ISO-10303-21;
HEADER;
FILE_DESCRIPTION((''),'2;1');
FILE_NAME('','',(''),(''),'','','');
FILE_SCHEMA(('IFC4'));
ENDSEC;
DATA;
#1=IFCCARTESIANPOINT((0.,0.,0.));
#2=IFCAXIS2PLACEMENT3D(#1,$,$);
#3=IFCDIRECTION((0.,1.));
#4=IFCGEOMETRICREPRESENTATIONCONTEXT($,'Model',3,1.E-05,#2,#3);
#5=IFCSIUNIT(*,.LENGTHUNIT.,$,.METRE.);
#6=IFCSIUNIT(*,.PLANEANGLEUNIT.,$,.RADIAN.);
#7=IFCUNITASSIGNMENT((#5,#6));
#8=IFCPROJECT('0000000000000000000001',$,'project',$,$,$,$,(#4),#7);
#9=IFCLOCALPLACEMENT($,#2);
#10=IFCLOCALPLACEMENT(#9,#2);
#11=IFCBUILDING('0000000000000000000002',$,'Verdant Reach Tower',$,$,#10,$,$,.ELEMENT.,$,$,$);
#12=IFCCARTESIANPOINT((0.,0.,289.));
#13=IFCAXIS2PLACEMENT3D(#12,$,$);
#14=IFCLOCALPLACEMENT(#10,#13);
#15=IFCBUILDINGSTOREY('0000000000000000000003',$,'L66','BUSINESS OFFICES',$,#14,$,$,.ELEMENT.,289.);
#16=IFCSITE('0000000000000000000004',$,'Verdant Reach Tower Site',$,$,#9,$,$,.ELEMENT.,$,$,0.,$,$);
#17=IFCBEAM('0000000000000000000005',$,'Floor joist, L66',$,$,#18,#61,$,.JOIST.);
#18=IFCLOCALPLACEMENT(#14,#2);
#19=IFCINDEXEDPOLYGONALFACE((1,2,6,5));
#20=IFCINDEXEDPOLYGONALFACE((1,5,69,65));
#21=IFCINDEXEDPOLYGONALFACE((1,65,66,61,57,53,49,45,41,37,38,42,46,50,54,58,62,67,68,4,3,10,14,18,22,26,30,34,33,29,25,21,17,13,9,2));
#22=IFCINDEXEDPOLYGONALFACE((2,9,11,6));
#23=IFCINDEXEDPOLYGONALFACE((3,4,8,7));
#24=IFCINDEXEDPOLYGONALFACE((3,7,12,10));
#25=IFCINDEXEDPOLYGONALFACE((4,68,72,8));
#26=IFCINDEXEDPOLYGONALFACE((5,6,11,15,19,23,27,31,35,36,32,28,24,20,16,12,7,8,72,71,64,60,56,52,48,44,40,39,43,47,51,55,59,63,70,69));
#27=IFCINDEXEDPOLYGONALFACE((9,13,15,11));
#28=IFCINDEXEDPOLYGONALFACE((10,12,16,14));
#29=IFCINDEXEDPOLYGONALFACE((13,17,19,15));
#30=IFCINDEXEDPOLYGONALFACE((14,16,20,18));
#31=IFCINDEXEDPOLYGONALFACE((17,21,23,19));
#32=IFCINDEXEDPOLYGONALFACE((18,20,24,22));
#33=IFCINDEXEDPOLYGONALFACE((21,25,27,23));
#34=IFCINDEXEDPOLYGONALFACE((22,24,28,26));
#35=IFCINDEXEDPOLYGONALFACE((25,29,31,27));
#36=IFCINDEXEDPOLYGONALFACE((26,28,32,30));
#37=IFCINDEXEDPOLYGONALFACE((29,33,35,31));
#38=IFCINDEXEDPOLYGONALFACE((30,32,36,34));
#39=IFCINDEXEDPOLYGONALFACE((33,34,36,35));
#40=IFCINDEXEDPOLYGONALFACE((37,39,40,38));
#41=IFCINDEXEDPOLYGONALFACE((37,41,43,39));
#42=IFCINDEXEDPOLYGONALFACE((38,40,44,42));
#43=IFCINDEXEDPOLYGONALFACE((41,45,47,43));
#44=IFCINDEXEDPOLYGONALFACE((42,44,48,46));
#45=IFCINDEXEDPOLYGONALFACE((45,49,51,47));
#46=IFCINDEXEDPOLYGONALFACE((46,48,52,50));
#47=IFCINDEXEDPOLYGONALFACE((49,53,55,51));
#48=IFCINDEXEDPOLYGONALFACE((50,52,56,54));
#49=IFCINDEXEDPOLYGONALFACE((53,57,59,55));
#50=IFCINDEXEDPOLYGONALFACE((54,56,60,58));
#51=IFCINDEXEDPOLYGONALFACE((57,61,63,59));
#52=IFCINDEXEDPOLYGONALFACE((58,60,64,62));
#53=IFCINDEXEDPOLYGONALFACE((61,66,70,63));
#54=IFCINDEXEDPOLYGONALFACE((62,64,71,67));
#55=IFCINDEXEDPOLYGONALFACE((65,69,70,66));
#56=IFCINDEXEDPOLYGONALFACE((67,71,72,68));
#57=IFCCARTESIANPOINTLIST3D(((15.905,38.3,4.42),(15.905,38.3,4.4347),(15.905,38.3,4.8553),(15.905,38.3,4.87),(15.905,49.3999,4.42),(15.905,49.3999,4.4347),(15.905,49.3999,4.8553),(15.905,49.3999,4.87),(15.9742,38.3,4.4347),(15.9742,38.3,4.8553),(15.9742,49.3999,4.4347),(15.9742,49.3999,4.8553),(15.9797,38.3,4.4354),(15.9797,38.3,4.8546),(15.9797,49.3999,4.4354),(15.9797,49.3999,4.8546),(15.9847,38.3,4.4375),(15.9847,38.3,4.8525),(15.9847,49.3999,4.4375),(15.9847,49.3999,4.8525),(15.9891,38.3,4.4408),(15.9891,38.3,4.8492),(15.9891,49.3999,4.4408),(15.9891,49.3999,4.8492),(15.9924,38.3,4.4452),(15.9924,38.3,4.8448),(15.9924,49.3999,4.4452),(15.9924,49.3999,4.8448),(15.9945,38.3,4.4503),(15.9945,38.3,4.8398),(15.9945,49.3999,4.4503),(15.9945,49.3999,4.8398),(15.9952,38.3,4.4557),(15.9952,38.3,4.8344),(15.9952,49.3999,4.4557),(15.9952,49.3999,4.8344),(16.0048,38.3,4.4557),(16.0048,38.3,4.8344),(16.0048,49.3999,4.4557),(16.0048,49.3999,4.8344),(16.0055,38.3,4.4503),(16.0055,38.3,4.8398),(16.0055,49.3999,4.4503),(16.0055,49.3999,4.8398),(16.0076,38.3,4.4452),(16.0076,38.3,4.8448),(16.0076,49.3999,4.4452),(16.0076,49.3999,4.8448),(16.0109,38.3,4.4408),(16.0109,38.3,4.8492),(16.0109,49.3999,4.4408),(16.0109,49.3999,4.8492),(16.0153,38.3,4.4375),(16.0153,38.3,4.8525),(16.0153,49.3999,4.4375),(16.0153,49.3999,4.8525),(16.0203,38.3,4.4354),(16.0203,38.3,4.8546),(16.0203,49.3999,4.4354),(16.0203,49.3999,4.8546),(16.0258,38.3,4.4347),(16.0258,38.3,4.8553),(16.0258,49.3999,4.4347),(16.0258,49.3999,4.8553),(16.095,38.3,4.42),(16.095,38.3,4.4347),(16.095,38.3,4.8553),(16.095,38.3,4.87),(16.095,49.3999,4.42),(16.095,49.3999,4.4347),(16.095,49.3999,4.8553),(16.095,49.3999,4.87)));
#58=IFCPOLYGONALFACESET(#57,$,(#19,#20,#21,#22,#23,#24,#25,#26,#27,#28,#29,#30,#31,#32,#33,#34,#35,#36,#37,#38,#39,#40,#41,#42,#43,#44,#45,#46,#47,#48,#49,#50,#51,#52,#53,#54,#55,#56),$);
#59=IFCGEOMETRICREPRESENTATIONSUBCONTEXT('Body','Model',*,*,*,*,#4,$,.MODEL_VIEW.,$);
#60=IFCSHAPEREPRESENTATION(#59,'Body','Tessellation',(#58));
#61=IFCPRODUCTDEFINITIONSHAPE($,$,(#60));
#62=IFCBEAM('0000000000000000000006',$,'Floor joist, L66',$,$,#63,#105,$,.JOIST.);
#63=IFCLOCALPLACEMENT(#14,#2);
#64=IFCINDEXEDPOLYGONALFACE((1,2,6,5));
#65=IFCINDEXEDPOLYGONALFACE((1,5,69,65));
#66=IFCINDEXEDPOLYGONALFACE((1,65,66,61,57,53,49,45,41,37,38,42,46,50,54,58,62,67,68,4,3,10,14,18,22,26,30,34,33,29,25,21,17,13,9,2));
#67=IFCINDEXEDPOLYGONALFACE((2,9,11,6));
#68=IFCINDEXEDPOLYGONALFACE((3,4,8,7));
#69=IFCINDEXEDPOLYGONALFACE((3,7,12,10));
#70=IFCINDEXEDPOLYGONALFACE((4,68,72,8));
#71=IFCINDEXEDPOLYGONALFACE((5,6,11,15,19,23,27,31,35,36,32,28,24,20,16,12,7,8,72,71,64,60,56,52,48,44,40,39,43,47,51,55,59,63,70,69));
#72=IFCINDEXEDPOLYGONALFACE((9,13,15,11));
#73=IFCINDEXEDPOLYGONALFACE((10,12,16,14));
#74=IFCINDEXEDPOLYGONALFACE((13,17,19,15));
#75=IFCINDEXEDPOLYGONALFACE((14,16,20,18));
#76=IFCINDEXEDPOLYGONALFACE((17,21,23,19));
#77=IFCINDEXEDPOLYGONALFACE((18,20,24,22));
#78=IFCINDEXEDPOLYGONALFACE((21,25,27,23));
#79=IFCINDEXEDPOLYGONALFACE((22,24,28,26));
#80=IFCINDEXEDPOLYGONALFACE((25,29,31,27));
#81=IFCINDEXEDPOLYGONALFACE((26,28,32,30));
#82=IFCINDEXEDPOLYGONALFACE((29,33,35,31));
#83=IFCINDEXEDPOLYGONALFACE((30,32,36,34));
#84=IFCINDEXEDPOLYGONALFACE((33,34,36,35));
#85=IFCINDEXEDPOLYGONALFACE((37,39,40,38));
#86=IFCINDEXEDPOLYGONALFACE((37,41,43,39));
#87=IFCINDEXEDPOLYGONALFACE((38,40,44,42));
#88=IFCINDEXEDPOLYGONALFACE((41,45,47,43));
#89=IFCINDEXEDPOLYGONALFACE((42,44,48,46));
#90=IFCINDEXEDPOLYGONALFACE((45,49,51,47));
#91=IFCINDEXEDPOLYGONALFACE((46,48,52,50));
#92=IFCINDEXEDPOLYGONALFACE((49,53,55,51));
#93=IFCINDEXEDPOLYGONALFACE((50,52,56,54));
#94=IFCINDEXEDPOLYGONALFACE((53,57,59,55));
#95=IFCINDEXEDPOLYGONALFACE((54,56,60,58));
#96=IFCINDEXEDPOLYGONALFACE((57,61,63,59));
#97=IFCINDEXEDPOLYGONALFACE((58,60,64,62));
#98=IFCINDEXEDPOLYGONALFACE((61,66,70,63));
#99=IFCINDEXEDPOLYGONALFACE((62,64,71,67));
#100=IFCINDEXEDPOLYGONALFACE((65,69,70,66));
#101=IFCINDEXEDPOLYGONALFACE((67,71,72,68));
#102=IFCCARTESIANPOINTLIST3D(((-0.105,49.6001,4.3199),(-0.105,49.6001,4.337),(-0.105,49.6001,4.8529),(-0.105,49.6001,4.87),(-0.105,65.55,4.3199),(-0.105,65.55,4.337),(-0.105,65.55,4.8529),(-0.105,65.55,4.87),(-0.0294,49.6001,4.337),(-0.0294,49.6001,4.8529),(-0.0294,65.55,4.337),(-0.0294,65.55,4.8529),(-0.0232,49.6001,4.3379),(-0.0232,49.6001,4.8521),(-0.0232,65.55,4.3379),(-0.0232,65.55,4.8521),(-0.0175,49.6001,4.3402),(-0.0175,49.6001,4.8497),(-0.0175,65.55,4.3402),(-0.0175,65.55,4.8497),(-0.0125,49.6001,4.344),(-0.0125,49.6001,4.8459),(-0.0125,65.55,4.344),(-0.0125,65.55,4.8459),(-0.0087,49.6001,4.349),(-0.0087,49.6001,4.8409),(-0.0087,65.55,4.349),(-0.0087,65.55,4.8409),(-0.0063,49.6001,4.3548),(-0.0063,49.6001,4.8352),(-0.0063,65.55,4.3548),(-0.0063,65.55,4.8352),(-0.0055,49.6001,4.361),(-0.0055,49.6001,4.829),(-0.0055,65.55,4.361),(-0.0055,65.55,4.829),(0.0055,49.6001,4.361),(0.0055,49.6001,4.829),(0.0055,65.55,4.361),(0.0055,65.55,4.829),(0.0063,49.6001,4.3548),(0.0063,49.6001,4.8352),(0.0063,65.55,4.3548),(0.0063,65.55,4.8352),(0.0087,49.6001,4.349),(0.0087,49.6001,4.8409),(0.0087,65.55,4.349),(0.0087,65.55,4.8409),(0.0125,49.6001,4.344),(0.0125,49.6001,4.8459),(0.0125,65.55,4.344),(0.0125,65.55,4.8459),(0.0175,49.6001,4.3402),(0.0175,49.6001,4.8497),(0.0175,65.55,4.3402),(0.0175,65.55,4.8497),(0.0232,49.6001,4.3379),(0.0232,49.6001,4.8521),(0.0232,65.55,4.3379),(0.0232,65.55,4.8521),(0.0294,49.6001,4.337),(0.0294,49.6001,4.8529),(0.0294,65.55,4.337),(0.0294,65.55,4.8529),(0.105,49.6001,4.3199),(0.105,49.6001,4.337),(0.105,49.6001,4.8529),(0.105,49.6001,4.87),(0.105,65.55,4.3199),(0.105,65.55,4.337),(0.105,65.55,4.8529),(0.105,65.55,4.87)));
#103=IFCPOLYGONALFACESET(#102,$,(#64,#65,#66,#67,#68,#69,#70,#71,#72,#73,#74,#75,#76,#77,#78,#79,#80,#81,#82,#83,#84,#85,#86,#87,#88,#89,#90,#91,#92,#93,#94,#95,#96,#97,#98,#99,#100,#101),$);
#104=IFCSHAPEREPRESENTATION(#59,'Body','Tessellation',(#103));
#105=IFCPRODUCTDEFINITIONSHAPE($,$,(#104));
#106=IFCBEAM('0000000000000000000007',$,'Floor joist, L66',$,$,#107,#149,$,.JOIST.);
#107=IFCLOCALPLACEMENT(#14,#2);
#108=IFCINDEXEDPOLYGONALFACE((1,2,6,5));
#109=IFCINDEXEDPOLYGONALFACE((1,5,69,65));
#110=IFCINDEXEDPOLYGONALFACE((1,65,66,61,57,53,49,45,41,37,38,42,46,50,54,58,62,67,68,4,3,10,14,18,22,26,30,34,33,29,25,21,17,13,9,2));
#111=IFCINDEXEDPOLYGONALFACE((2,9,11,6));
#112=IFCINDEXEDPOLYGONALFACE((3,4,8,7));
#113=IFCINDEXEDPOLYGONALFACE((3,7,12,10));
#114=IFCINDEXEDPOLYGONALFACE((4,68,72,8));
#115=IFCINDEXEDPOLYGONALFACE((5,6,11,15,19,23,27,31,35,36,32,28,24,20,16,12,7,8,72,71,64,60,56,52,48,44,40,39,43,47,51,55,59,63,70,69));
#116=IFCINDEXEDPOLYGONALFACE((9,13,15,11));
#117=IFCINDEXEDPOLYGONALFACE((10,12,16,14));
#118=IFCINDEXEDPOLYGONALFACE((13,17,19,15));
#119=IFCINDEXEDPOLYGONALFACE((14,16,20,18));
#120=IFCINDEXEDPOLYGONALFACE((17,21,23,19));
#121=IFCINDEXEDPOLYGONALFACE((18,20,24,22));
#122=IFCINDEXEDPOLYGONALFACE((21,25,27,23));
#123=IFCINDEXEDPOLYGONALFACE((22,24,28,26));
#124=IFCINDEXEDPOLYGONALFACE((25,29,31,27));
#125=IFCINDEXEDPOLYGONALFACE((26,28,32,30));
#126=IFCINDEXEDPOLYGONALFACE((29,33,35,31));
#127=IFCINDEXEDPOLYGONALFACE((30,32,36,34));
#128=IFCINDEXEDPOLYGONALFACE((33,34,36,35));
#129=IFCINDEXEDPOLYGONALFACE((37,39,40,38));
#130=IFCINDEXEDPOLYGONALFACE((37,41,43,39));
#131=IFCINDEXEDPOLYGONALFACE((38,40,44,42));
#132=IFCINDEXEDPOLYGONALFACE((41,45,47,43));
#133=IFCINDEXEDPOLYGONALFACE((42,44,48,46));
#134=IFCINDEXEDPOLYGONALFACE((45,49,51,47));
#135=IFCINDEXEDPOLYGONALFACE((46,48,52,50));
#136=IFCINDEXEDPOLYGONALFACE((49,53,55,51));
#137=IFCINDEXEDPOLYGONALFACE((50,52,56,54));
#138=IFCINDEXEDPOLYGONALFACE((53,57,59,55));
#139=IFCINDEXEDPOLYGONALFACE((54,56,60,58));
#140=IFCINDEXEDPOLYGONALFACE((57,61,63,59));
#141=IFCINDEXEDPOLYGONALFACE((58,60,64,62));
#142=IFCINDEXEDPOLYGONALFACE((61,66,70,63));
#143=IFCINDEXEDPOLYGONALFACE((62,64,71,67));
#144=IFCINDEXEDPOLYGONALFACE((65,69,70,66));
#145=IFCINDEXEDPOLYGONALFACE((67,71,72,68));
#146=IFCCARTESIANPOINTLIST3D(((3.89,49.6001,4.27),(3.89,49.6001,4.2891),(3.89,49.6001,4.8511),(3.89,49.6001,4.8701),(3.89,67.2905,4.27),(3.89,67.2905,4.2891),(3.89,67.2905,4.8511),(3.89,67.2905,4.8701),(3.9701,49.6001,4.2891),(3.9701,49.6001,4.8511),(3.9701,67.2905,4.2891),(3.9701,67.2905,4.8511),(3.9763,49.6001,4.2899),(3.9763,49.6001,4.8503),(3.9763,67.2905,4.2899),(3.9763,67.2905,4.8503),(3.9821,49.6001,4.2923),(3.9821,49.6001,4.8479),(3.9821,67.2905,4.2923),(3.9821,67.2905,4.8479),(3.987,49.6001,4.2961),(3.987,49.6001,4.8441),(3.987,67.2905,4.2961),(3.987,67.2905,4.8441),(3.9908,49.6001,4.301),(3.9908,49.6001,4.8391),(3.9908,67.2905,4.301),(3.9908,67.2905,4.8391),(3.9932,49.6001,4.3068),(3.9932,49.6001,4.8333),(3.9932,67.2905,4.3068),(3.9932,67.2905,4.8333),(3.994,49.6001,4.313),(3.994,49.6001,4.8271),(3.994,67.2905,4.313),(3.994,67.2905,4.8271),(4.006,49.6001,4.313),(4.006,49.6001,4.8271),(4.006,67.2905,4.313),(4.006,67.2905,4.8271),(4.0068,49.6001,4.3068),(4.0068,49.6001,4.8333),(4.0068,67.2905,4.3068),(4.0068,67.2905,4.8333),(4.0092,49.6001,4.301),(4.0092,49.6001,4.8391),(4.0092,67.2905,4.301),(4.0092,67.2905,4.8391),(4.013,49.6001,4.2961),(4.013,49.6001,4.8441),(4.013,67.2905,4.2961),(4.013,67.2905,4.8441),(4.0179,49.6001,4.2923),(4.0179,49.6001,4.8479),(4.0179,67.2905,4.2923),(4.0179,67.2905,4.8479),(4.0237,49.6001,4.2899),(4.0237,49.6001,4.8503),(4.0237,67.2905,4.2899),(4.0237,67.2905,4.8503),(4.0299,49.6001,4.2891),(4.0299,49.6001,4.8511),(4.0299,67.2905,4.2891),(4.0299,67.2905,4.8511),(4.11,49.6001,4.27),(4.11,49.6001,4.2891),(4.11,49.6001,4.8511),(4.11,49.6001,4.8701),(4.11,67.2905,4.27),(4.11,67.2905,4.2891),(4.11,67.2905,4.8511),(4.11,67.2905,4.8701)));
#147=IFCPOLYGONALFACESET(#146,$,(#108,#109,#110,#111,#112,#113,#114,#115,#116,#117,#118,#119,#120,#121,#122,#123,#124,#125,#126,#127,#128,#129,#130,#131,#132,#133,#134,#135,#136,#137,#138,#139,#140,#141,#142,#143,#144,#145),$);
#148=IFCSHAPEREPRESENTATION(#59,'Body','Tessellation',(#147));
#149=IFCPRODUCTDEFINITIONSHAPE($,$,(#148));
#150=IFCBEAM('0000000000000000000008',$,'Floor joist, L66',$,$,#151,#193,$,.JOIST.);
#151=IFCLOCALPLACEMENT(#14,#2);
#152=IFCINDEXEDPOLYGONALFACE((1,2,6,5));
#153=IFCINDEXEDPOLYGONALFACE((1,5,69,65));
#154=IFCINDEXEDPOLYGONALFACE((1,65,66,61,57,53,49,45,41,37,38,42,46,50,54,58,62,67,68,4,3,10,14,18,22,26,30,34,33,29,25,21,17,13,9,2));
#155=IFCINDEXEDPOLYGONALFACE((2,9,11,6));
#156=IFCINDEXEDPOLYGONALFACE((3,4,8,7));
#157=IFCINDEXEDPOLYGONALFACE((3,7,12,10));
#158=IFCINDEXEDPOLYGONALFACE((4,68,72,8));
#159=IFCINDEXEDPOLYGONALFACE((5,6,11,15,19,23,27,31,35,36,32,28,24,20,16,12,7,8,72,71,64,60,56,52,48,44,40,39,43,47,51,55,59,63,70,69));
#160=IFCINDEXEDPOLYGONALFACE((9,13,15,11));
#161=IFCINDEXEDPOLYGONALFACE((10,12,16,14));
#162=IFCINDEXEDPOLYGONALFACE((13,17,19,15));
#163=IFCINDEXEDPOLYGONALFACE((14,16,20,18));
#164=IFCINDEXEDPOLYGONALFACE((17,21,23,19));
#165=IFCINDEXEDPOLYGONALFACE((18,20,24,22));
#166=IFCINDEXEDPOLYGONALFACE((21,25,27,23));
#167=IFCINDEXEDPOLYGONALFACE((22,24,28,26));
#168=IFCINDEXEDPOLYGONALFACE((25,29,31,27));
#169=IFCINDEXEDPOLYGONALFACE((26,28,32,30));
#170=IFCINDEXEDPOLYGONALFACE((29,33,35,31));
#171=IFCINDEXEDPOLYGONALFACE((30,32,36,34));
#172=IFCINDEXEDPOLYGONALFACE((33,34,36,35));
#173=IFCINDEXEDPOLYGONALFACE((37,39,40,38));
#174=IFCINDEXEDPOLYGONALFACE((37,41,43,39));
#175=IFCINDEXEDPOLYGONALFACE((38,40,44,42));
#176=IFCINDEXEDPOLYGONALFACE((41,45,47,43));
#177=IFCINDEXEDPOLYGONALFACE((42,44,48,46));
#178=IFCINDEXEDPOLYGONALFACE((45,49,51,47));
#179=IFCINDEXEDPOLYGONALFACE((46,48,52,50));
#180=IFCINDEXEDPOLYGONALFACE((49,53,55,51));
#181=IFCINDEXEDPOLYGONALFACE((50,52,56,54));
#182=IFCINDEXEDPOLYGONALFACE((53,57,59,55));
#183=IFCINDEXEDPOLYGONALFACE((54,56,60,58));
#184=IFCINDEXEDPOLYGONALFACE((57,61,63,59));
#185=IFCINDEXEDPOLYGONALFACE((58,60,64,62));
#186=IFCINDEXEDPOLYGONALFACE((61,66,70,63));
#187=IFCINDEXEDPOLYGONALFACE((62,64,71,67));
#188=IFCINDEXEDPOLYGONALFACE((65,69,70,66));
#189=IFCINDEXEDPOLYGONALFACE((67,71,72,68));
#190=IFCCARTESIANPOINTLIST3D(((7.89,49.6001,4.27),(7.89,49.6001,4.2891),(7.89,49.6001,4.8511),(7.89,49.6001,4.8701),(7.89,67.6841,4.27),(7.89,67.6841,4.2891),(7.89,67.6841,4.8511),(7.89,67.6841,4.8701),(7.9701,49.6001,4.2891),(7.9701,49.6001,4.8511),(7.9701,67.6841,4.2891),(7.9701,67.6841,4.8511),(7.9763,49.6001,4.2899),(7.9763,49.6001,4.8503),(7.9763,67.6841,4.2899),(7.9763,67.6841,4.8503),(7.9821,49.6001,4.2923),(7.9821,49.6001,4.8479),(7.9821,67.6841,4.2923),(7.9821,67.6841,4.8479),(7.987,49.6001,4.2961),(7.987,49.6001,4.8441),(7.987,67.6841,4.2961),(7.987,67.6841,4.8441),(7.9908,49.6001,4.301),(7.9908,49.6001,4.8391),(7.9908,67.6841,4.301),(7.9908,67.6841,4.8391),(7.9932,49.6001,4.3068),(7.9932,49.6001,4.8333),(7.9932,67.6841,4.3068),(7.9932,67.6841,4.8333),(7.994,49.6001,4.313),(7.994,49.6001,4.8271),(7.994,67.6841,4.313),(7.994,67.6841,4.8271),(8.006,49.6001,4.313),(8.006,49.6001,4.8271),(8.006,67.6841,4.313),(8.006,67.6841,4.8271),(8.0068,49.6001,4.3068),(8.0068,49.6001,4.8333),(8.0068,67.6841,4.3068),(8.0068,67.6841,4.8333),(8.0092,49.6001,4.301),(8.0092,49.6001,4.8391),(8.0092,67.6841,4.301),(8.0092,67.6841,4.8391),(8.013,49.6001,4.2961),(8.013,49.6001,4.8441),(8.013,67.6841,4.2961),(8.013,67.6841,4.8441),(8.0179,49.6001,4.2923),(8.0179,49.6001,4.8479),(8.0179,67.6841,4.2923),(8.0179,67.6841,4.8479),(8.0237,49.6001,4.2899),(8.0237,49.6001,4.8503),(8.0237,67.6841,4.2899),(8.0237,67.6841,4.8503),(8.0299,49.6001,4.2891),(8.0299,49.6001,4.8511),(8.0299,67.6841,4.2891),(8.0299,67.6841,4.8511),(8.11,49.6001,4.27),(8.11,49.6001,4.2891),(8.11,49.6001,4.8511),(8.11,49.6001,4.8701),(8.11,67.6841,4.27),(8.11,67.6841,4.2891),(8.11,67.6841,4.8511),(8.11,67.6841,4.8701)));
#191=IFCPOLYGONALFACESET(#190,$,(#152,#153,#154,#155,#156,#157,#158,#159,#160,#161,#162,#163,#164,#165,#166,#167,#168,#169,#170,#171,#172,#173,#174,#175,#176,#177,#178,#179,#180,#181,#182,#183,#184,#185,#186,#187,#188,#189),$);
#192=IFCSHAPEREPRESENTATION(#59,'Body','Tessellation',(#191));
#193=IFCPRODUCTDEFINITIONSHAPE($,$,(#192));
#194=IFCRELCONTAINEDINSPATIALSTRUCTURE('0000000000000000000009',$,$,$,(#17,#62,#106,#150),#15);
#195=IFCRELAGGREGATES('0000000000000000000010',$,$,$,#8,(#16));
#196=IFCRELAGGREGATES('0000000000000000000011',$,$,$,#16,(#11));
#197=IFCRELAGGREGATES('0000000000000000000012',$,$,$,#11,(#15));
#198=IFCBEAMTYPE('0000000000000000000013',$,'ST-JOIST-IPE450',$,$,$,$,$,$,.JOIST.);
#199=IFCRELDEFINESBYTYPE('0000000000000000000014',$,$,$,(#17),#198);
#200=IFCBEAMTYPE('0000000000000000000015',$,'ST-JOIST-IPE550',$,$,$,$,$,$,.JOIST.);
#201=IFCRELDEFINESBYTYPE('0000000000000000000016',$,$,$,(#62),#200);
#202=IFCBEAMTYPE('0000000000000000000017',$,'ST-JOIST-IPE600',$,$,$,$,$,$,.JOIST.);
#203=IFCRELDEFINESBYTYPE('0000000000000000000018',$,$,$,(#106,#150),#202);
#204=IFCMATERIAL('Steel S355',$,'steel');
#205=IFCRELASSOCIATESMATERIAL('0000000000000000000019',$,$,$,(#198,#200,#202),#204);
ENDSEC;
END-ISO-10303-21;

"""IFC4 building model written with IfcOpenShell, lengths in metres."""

from ifc_helpers import new_model, si_unit, direction, frame, origin, origin_2d, place, context, subcontext, project, spatial, i_section, extrude, material, material_profile, profile_set, type_object, element, save


model = new_model("IFC4")

# Units and contexts
model_context = context("Model", 3, precision=1e-05, world=origin(), true_north=direction((0.0, 1.0)))
body_context = subcontext(model_context, "Body", "Model", "MODEL_VIEW")
ifc_project = project(units=[si_unit("LENGTHUNIT", "METRE"), si_unit("PLANEANGLEUNIT", "RADIAN")], contexts=[model_context])

# Site, building, storey
site_placement = place(None, origin())
site = spatial("IfcSite", under=ifc_project, at=site_placement, Name="Verdant Reach Tower Site", CompositionType="ELEMENT", RefElevation=0.0)
building_placement = place(site_placement, origin())
building = spatial("IfcBuilding", under=site, at=building_placement, Name="Verdant Reach Tower", CompositionType="ELEMENT")
storey_placement = place(building_placement, frame((0.0, 0.0, 289.0)))
storey = spatial("IfcBuildingStorey", under=building, at=storey_placement, Name="L66", Description="BUSINESS OFFICES", CompositionType="ELEMENT", Elevation=289.0)

# Beams
ifc_material_1 = material(Name="Steel S355", Category="steel")
ifc_material_profile_1 = material_profile(ifc_material_1, i_section(OverallWidth=0.1899, OverallDepth=0.45, WebThickness=0.0095, FlangeThickness=0.0146, FilletRadius=0.021, at=origin_2d()), Name="IPE 450")
ifc_profile_set_1 = profile_set([ifc_material_profile_1], Name="Steel S355")
beam_type_1 = type_object("IfcBeamType", Name="ST-JOIST-IPE450", PredefinedType="JOIST", material=ifc_profile_set_1)
beam_1_placement = place(storey_placement, frame((16.0, 38.3, 4.645), z_axis=(0.0, 1.0, 0.0), x_axis=(-1.0, 0.0, 0.0)))
element("IfcBeam", 1, at=beam_1_placement, inside=storey, type_object=beam_type_1, Name="Floor joist, L66", PredefinedType="JOIST", context=body_context, shape_type="SweptSolid", body=[
    extrude(i_section(OverallWidth=0.1899, OverallDepth=0.45, WebThickness=0.0095, FlangeThickness=0.0146, FilletRadius=0.021, at=origin_2d()), origin(), (0.0, 0.0, 1.0), 11.0999),
])
ifc_material_profile_2 = material_profile(ifc_material_1, i_section(OverallWidth=0.21, OverallDepth=0.55, WebThickness=0.011, FlangeThickness=0.0171, FilletRadius=0.0239, at=origin_2d()), Name="IPE 550")
ifc_profile_set_2 = profile_set([ifc_material_profile_2], Name="Steel S355")
beam_type_2 = type_object("IfcBeamType", Name="ST-JOIST-IPE550", PredefinedType="JOIST", material=ifc_profile_set_2)
beam_2_placement = place(storey_placement, frame((0.0, 49.6001, 4.595), z_axis=(0.0, 1.0, 0.0), x_axis=(-1.0, 0.0, 0.0)))
element("IfcBeam", 2, at=beam_2_placement, inside=storey, type_object=beam_type_2, Name="Floor joist, L66", PredefinedType="JOIST", context=body_context, shape_type="SweptSolid", body=[
    extrude(i_section(OverallWidth=0.21, OverallDepth=0.55, WebThickness=0.011, FlangeThickness=0.0171, FilletRadius=0.0239, at=origin_2d()), origin(), (0.0, 0.0, 1.0), 15.95),
])
ifc_material_profile_3 = material_profile(ifc_material_1, i_section(OverallWidth=0.22, OverallDepth=0.6001, WebThickness=0.012, FlangeThickness=0.019, FilletRadius=0.0239, at=origin_2d()), Name="IPE 600")
ifc_profile_set_3 = profile_set([ifc_material_profile_3], Name="Steel S355")
beam_type_3 = type_object("IfcBeamType", Name="ST-JOIST-IPE600", PredefinedType="JOIST", material=ifc_profile_set_3)
beam_3_placement = place(storey_placement, frame((4.0, 49.6001, 4.5701), z_axis=(0.0, 1.0, 0.0), x_axis=(-1.0, 0.0, 0.0)))
element("IfcBeam", 3, at=beam_3_placement, inside=storey, type_object=beam_type_3, Name="Floor joist, L66", PredefinedType="JOIST", context=body_context, shape_type="SweptSolid", body=[
    extrude(i_section(OverallWidth=0.22, OverallDepth=0.6001, WebThickness=0.012, FlangeThickness=0.019, FilletRadius=0.0239, at=origin_2d()), origin(), (0.0, 0.0, 1.0), 17.6904),
])
beam_4_placement = place(storey_placement, frame((8.0, 49.6001, 4.5701), z_axis=(0.0, 1.0, 0.0), x_axis=(-1.0, 0.0, 0.0)))
element("IfcBeam", 4, at=beam_4_placement, inside=storey, type_object=beam_type_3, Name="Floor joist, L66", PredefinedType="JOIST", context=body_context, shape_type="SweptSolid", body=[
    extrude(i_section(OverallWidth=0.22, OverallDepth=0.6001, WebThickness=0.012, FlangeThickness=0.019, FilletRadius=0.0239, at=origin_2d()), origin(), (0.0, 0.0, 1.0), 18.084),
])

save(model, "model.ifc")
